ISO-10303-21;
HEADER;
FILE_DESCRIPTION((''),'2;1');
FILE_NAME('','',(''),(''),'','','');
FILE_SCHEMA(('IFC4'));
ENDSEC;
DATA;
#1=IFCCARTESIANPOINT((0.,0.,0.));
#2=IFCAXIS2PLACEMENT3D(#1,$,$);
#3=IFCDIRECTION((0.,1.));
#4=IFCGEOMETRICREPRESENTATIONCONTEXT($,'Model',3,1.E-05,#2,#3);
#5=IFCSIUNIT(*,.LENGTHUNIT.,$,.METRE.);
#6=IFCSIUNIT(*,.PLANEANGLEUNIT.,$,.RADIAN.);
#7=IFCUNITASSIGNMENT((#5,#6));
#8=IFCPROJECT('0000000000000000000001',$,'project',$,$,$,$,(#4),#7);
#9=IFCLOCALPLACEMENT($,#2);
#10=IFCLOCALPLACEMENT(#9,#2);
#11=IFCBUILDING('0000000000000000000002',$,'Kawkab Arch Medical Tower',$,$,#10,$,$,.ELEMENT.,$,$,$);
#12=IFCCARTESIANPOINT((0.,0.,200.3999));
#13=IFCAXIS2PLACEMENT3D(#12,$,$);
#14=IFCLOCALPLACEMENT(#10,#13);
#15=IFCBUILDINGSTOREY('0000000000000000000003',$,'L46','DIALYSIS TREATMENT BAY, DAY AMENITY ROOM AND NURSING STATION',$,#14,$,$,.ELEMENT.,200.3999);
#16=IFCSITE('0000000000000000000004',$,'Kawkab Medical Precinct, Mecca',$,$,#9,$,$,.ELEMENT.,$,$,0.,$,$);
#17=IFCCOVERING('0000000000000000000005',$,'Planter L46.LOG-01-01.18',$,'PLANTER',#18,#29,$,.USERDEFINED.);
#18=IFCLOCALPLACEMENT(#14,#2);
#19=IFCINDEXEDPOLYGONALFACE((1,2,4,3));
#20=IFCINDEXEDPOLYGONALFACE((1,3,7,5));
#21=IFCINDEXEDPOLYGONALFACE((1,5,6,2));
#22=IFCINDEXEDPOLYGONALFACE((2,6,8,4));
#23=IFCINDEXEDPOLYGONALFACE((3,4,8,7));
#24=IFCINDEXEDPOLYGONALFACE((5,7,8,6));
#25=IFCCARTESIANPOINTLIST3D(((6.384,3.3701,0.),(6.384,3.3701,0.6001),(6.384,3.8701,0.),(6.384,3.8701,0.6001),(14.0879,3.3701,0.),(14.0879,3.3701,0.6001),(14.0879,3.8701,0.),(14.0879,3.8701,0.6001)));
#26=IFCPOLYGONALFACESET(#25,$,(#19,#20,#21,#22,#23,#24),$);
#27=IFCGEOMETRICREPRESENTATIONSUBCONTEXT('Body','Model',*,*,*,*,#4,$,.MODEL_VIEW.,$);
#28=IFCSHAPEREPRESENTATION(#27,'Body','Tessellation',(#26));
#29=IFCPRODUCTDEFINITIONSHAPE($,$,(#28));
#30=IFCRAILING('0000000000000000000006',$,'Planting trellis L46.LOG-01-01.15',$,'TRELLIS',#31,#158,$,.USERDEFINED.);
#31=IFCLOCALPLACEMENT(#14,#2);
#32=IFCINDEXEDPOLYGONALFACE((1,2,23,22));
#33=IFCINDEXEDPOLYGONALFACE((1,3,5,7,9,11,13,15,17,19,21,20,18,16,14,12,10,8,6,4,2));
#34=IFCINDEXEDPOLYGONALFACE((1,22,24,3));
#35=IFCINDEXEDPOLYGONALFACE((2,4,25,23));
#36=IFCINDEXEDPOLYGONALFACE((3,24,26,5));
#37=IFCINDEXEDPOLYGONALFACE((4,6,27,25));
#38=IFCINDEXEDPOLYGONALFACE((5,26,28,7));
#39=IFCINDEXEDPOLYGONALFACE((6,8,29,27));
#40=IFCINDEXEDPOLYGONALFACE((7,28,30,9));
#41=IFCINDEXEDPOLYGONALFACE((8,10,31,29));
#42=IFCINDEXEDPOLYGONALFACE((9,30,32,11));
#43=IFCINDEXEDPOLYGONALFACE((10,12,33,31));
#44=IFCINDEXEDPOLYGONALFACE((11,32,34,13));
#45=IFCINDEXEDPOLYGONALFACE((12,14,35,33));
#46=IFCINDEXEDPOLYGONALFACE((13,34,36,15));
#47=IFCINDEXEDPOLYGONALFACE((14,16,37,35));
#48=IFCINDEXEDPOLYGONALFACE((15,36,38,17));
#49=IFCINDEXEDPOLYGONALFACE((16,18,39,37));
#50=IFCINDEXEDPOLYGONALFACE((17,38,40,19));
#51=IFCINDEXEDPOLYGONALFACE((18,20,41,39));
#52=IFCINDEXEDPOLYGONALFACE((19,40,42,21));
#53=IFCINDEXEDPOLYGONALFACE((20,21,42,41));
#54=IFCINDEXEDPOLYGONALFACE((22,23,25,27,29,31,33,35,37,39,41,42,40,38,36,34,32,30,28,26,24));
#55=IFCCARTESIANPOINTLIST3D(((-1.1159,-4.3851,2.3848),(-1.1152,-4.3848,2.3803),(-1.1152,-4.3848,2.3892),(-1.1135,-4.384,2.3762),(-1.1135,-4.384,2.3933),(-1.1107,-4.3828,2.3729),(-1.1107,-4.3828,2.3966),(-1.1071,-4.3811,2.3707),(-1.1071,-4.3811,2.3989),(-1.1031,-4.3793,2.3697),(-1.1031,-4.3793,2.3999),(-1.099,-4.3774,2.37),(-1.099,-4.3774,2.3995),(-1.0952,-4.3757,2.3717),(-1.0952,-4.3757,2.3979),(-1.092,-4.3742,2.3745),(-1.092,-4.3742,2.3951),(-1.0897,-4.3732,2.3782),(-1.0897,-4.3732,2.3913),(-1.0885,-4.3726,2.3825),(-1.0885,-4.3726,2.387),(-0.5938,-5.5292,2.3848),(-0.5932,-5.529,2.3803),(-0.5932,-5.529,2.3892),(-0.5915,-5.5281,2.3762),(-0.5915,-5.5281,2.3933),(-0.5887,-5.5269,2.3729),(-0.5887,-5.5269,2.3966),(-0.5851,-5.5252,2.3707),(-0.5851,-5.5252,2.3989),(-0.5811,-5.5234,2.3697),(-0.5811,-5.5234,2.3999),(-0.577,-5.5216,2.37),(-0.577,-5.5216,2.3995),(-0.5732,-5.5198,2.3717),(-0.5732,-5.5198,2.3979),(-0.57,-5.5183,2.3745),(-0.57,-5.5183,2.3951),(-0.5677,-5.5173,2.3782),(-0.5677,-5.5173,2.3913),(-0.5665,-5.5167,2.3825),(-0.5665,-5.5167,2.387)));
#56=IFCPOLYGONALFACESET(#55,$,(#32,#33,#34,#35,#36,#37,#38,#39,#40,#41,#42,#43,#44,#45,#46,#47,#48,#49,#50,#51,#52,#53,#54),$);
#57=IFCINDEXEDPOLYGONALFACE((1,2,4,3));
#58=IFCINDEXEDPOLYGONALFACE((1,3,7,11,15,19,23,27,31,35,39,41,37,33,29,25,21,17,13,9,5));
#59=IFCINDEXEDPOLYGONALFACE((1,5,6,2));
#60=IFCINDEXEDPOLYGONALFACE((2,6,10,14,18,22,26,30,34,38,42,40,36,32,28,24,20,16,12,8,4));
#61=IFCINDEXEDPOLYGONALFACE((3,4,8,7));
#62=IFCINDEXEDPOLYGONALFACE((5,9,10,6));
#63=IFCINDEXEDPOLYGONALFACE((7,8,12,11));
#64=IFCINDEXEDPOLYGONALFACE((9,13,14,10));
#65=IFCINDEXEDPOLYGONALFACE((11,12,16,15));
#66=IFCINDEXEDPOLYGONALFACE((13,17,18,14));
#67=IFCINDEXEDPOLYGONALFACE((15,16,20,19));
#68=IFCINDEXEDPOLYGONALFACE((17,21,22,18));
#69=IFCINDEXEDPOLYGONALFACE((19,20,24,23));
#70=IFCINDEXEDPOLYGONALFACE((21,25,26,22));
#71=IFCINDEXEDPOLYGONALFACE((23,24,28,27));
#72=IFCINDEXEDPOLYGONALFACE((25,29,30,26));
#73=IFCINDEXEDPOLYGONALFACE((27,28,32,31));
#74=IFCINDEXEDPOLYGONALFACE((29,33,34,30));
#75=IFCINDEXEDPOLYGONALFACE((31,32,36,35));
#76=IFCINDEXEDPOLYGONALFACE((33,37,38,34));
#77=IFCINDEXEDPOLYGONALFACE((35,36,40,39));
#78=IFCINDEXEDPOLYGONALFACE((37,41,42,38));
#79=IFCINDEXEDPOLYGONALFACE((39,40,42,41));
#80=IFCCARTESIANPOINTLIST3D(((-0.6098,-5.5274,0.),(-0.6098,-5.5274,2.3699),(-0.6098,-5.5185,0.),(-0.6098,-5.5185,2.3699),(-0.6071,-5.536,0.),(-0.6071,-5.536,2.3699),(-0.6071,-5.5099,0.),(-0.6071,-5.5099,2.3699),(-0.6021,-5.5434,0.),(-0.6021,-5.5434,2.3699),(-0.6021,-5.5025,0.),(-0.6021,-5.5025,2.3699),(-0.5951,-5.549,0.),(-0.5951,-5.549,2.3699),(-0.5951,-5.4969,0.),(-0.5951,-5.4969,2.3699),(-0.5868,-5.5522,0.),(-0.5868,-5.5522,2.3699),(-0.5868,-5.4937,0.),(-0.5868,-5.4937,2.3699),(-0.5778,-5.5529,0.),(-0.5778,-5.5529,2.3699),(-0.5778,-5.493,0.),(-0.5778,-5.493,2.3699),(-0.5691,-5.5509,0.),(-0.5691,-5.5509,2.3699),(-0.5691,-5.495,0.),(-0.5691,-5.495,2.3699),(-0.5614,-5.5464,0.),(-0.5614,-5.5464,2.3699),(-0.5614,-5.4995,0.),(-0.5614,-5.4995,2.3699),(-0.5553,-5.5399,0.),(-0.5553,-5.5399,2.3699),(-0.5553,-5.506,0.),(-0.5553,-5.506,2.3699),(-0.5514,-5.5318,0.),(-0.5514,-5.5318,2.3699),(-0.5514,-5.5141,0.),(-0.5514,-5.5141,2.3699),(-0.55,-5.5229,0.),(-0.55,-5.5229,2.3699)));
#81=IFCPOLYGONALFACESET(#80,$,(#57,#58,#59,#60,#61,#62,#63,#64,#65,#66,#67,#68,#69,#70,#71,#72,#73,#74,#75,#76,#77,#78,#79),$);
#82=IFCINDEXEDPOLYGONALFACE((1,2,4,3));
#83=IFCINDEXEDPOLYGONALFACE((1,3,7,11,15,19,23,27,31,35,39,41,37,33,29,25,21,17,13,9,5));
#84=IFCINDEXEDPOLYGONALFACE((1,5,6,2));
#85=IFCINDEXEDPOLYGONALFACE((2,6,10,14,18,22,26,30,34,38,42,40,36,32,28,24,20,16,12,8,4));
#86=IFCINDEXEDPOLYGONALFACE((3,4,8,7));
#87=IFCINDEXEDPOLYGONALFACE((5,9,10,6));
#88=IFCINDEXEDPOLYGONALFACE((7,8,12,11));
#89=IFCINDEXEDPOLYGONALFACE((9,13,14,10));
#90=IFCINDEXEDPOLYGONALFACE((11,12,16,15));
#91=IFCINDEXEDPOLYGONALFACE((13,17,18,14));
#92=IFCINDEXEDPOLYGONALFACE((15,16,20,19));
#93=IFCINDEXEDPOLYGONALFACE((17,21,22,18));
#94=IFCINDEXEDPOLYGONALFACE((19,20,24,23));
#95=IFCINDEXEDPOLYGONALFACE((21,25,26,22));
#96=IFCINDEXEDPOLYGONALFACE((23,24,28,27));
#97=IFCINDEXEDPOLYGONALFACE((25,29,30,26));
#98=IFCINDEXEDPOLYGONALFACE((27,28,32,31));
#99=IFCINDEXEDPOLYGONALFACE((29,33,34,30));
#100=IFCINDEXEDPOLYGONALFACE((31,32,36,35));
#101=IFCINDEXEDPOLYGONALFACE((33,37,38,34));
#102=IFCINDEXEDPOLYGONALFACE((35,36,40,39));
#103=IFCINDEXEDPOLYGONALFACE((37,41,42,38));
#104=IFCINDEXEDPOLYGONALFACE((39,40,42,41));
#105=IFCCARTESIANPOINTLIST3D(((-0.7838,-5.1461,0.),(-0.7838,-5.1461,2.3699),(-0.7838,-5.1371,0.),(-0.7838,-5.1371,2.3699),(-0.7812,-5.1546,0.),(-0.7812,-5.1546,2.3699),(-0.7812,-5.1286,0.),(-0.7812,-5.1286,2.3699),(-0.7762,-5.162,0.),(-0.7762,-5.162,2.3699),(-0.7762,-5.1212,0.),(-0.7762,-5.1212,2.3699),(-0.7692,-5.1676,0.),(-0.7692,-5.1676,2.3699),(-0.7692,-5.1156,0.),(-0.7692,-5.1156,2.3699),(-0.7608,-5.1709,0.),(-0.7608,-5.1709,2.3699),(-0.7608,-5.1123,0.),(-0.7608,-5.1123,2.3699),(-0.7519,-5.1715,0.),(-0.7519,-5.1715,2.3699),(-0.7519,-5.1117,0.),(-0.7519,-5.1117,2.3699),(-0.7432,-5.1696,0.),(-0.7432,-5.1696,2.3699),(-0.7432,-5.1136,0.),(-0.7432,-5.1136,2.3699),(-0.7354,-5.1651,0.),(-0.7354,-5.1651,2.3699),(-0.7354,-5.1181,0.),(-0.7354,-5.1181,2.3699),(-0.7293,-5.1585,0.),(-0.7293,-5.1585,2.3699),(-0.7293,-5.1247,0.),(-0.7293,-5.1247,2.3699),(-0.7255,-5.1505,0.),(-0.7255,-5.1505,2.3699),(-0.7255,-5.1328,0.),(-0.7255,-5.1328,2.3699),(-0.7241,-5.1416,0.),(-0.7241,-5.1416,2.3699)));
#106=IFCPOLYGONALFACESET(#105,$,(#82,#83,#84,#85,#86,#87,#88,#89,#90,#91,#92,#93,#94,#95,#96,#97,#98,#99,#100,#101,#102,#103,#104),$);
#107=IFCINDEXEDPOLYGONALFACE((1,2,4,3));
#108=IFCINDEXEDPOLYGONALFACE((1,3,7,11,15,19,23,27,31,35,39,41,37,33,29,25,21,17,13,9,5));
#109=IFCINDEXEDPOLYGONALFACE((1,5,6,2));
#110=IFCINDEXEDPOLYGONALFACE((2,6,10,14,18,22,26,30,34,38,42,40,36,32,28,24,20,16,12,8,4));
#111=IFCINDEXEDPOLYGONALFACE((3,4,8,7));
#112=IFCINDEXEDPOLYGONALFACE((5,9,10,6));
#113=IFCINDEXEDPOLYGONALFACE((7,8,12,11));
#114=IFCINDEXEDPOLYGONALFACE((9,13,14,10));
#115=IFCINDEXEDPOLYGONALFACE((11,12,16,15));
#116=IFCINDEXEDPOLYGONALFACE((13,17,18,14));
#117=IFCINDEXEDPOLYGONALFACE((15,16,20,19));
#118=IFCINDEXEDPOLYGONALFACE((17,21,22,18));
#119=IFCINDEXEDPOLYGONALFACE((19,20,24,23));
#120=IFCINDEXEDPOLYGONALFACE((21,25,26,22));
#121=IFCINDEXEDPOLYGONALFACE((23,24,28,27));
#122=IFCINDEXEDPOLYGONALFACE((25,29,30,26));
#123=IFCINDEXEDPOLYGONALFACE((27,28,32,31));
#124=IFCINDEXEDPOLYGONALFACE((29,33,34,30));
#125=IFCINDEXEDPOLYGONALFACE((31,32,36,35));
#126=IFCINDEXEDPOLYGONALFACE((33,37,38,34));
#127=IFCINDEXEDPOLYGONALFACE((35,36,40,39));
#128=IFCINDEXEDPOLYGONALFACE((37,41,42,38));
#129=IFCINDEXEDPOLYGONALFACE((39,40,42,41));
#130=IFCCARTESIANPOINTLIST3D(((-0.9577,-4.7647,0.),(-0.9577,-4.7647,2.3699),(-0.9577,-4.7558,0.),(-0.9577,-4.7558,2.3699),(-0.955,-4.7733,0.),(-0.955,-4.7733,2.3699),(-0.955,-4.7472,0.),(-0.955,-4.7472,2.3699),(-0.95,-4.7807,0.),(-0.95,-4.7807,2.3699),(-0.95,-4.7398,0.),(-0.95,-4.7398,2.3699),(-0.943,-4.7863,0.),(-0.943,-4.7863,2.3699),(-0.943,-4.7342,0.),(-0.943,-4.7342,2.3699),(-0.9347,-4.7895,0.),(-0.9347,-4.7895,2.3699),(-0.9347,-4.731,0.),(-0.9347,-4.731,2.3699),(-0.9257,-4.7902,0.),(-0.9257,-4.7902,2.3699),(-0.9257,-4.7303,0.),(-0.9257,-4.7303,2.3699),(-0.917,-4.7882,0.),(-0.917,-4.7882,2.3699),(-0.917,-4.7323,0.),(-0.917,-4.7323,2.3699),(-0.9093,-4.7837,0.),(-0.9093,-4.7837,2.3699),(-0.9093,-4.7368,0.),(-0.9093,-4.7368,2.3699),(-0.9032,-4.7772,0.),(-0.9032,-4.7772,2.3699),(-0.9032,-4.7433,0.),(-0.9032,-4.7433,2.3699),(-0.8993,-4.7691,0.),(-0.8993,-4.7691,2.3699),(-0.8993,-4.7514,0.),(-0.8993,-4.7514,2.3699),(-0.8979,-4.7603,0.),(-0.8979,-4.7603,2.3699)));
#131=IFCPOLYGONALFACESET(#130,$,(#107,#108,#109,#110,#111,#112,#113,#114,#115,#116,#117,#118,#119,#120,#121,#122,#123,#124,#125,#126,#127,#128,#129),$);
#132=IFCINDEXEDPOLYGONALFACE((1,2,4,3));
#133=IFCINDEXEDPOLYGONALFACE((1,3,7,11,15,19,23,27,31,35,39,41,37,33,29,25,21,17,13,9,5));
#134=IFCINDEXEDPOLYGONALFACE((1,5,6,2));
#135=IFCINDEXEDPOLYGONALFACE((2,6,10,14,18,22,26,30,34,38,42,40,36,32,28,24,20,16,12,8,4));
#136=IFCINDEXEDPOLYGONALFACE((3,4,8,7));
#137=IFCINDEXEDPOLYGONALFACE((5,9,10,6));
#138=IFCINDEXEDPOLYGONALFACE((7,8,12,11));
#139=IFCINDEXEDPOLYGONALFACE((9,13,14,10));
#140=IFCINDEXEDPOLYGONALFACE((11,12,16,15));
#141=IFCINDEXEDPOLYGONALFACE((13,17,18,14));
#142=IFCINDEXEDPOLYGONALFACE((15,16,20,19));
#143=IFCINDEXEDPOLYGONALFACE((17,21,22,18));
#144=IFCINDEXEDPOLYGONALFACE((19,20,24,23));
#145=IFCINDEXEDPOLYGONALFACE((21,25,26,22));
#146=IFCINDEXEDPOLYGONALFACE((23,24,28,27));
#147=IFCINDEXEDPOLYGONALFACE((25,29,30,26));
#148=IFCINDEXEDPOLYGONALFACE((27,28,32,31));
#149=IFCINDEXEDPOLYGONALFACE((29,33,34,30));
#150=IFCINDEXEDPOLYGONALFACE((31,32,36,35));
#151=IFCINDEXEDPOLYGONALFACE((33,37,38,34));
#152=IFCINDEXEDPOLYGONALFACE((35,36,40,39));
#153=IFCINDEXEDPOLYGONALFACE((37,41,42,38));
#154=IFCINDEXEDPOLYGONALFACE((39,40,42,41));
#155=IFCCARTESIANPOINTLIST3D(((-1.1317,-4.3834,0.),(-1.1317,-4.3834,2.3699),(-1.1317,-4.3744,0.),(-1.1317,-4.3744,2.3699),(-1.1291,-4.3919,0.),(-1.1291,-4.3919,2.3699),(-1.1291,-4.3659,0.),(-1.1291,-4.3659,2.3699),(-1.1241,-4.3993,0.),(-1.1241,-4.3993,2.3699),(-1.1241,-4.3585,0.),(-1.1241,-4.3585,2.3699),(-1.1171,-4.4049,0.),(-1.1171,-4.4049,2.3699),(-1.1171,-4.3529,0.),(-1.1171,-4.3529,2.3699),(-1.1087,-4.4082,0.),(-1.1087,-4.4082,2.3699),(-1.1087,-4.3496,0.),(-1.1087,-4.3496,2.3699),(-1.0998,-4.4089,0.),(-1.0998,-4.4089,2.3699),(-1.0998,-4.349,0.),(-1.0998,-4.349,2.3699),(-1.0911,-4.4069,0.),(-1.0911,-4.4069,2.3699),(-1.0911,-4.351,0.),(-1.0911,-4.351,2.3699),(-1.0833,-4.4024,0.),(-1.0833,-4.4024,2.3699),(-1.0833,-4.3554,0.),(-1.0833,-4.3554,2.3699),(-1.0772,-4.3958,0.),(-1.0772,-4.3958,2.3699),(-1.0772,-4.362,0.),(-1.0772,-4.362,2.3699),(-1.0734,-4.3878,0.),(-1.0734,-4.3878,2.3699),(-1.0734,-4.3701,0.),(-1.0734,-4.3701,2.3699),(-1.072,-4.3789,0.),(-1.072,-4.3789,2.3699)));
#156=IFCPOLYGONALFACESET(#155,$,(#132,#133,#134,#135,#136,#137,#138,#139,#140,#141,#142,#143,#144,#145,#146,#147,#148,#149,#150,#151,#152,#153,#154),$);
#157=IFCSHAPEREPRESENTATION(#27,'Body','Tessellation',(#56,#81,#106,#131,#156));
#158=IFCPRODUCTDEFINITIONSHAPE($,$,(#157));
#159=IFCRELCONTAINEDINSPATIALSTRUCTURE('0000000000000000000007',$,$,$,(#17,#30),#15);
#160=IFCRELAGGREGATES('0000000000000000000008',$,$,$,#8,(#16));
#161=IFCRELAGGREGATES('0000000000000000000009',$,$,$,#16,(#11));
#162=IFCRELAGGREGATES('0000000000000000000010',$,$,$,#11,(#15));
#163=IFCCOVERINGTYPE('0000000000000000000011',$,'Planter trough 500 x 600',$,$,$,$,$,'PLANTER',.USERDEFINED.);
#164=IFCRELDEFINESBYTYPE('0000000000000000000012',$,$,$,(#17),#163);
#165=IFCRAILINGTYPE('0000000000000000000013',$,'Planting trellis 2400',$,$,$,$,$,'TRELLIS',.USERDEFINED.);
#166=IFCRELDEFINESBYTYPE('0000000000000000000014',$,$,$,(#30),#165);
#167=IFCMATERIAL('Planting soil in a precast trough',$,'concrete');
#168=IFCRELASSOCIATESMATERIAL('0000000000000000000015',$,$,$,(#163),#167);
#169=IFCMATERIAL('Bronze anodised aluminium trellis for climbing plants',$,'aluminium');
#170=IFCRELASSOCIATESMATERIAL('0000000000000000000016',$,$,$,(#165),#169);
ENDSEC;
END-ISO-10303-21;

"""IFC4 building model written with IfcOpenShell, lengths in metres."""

from ifc_helpers import new_model, si_unit, direction, frame, origin, origin_2d, place, context, subcontext, project, spatial, rectangle, circle, extrude, material, material_profile, profile_set, type_object, element, save


model = new_model("IFC4")

# Units and contexts
model_context = context("Model", 3, precision=1e-05, world=origin(), true_north=direction((0.0, 1.0)))
body_context = subcontext(model_context, "Body", "Model", "MODEL_VIEW")
ifc_project = project(units=[si_unit("LENGTHUNIT", "METRE"), si_unit("PLANEANGLEUNIT", "RADIAN")], contexts=[model_context])

# Site, building, storey
site_placement = place(None, origin())
site = spatial("IfcSite", under=ifc_project, at=site_placement, Name="Kawkab Medical Precinct, Mecca", CompositionType="ELEMENT", RefElevation=0.0)
building_placement = place(site_placement, origin())
building = spatial("IfcBuilding", under=site, at=building_placement, Name="Kawkab Arch Medical Tower", CompositionType="ELEMENT")
storey_placement = place(building_placement, frame((0.0, 0.0, 200.3999)))
storey = spatial("IfcBuildingStorey", under=building, at=storey_placement, Name="L46", Description="DIALYSIS TREATMENT BAY, DAY AMENITY ROOM AND NURSING STATION", CompositionType="ELEMENT", Elevation=200.3999)

# Covering
ifc_material_1 = material(Name="Planting soil in a precast trough", Category="concrete")
ifc_material_profile_1 = material_profile(ifc_material_1, rectangle(XDim=0.5, YDim=0.6001, at=origin_2d()), Name="Trough 500x600")
ifc_profile_set_1 = profile_set([ifc_material_profile_1], Name="Planting soil in a precast trough")
covering_type = type_object("IfcCoveringType", Name="Planter trough 500 x 600", ElementType="PLANTER", PredefinedType="USERDEFINED", material=ifc_profile_set_1)
covering_1_placement = place(storey_placement, frame((6.384, 3.6201, 0.3), z_axis=(1.0, 0.0, 0.0), x_axis=(0.0, 1.0, 0.0)))
element("IfcCovering", 1, at=covering_1_placement, inside=storey, type_object=covering_type, Name="Planter L46.LOG-01-01.18", ObjectType="PLANTER", PredefinedType="USERDEFINED", context=body_context, shape_type="SweptSolid", body=[
    extrude(rectangle(XDim=0.5, YDim=0.6001, at=origin_2d()), origin(), (0.0, 0.0, 1.0), 7.7039),
])

# Railing
ifc_material_2 = material(Name="Bronze anodised aluminium trellis for climbing plants", Category="aluminium")
railing_type = type_object("IfcRailingType", Name="Planting trellis 2400", ElementType="TRELLIS", PredefinedType="USERDEFINED", material=ifc_material_2)
railing_1_placement = place(storey_placement, frame((-0.5801, -5.5229, 0.0)))
element("IfcRailing", 2, at=railing_1_placement, inside=storey, type_object=railing_type, Name="Planting trellis L46.LOG-01-01.15", ObjectType="TRELLIS", PredefinedType="USERDEFINED", context=body_context, shape_type="SweptSolid", body=[
    extrude(circle(Radius=0.0151, at=origin_2d()), frame((0.0, 0.0, 2.3848), z_axis=(-0.41509, 0.90978, 0.0), x_axis=(-0.90978, -0.41509, 0.0)), (0.0, 0.0, 1.0), 1.2576),
    extrude(circle(Radius=0.03, at=origin_2d()), origin(), (0.0, 0.0, 1.0), 2.3699),
    extrude(circle(Radius=0.03, at=origin_2d()), frame((-0.1741, 0.3813, 0.0)), (0.0, 0.0, 1.0), 2.3699),
    extrude(circle(Radius=0.03, at=origin_2d()), frame((-0.3479, 0.7627, 0.0)), (0.0, 0.0, 1.0), 2.3699),
    extrude(circle(Radius=0.03, at=origin_2d()), frame((-0.522, 1.144, 0.0)), (0.0, 0.0, 1.0), 2.3699),
])

save(model, "model.ifc")
